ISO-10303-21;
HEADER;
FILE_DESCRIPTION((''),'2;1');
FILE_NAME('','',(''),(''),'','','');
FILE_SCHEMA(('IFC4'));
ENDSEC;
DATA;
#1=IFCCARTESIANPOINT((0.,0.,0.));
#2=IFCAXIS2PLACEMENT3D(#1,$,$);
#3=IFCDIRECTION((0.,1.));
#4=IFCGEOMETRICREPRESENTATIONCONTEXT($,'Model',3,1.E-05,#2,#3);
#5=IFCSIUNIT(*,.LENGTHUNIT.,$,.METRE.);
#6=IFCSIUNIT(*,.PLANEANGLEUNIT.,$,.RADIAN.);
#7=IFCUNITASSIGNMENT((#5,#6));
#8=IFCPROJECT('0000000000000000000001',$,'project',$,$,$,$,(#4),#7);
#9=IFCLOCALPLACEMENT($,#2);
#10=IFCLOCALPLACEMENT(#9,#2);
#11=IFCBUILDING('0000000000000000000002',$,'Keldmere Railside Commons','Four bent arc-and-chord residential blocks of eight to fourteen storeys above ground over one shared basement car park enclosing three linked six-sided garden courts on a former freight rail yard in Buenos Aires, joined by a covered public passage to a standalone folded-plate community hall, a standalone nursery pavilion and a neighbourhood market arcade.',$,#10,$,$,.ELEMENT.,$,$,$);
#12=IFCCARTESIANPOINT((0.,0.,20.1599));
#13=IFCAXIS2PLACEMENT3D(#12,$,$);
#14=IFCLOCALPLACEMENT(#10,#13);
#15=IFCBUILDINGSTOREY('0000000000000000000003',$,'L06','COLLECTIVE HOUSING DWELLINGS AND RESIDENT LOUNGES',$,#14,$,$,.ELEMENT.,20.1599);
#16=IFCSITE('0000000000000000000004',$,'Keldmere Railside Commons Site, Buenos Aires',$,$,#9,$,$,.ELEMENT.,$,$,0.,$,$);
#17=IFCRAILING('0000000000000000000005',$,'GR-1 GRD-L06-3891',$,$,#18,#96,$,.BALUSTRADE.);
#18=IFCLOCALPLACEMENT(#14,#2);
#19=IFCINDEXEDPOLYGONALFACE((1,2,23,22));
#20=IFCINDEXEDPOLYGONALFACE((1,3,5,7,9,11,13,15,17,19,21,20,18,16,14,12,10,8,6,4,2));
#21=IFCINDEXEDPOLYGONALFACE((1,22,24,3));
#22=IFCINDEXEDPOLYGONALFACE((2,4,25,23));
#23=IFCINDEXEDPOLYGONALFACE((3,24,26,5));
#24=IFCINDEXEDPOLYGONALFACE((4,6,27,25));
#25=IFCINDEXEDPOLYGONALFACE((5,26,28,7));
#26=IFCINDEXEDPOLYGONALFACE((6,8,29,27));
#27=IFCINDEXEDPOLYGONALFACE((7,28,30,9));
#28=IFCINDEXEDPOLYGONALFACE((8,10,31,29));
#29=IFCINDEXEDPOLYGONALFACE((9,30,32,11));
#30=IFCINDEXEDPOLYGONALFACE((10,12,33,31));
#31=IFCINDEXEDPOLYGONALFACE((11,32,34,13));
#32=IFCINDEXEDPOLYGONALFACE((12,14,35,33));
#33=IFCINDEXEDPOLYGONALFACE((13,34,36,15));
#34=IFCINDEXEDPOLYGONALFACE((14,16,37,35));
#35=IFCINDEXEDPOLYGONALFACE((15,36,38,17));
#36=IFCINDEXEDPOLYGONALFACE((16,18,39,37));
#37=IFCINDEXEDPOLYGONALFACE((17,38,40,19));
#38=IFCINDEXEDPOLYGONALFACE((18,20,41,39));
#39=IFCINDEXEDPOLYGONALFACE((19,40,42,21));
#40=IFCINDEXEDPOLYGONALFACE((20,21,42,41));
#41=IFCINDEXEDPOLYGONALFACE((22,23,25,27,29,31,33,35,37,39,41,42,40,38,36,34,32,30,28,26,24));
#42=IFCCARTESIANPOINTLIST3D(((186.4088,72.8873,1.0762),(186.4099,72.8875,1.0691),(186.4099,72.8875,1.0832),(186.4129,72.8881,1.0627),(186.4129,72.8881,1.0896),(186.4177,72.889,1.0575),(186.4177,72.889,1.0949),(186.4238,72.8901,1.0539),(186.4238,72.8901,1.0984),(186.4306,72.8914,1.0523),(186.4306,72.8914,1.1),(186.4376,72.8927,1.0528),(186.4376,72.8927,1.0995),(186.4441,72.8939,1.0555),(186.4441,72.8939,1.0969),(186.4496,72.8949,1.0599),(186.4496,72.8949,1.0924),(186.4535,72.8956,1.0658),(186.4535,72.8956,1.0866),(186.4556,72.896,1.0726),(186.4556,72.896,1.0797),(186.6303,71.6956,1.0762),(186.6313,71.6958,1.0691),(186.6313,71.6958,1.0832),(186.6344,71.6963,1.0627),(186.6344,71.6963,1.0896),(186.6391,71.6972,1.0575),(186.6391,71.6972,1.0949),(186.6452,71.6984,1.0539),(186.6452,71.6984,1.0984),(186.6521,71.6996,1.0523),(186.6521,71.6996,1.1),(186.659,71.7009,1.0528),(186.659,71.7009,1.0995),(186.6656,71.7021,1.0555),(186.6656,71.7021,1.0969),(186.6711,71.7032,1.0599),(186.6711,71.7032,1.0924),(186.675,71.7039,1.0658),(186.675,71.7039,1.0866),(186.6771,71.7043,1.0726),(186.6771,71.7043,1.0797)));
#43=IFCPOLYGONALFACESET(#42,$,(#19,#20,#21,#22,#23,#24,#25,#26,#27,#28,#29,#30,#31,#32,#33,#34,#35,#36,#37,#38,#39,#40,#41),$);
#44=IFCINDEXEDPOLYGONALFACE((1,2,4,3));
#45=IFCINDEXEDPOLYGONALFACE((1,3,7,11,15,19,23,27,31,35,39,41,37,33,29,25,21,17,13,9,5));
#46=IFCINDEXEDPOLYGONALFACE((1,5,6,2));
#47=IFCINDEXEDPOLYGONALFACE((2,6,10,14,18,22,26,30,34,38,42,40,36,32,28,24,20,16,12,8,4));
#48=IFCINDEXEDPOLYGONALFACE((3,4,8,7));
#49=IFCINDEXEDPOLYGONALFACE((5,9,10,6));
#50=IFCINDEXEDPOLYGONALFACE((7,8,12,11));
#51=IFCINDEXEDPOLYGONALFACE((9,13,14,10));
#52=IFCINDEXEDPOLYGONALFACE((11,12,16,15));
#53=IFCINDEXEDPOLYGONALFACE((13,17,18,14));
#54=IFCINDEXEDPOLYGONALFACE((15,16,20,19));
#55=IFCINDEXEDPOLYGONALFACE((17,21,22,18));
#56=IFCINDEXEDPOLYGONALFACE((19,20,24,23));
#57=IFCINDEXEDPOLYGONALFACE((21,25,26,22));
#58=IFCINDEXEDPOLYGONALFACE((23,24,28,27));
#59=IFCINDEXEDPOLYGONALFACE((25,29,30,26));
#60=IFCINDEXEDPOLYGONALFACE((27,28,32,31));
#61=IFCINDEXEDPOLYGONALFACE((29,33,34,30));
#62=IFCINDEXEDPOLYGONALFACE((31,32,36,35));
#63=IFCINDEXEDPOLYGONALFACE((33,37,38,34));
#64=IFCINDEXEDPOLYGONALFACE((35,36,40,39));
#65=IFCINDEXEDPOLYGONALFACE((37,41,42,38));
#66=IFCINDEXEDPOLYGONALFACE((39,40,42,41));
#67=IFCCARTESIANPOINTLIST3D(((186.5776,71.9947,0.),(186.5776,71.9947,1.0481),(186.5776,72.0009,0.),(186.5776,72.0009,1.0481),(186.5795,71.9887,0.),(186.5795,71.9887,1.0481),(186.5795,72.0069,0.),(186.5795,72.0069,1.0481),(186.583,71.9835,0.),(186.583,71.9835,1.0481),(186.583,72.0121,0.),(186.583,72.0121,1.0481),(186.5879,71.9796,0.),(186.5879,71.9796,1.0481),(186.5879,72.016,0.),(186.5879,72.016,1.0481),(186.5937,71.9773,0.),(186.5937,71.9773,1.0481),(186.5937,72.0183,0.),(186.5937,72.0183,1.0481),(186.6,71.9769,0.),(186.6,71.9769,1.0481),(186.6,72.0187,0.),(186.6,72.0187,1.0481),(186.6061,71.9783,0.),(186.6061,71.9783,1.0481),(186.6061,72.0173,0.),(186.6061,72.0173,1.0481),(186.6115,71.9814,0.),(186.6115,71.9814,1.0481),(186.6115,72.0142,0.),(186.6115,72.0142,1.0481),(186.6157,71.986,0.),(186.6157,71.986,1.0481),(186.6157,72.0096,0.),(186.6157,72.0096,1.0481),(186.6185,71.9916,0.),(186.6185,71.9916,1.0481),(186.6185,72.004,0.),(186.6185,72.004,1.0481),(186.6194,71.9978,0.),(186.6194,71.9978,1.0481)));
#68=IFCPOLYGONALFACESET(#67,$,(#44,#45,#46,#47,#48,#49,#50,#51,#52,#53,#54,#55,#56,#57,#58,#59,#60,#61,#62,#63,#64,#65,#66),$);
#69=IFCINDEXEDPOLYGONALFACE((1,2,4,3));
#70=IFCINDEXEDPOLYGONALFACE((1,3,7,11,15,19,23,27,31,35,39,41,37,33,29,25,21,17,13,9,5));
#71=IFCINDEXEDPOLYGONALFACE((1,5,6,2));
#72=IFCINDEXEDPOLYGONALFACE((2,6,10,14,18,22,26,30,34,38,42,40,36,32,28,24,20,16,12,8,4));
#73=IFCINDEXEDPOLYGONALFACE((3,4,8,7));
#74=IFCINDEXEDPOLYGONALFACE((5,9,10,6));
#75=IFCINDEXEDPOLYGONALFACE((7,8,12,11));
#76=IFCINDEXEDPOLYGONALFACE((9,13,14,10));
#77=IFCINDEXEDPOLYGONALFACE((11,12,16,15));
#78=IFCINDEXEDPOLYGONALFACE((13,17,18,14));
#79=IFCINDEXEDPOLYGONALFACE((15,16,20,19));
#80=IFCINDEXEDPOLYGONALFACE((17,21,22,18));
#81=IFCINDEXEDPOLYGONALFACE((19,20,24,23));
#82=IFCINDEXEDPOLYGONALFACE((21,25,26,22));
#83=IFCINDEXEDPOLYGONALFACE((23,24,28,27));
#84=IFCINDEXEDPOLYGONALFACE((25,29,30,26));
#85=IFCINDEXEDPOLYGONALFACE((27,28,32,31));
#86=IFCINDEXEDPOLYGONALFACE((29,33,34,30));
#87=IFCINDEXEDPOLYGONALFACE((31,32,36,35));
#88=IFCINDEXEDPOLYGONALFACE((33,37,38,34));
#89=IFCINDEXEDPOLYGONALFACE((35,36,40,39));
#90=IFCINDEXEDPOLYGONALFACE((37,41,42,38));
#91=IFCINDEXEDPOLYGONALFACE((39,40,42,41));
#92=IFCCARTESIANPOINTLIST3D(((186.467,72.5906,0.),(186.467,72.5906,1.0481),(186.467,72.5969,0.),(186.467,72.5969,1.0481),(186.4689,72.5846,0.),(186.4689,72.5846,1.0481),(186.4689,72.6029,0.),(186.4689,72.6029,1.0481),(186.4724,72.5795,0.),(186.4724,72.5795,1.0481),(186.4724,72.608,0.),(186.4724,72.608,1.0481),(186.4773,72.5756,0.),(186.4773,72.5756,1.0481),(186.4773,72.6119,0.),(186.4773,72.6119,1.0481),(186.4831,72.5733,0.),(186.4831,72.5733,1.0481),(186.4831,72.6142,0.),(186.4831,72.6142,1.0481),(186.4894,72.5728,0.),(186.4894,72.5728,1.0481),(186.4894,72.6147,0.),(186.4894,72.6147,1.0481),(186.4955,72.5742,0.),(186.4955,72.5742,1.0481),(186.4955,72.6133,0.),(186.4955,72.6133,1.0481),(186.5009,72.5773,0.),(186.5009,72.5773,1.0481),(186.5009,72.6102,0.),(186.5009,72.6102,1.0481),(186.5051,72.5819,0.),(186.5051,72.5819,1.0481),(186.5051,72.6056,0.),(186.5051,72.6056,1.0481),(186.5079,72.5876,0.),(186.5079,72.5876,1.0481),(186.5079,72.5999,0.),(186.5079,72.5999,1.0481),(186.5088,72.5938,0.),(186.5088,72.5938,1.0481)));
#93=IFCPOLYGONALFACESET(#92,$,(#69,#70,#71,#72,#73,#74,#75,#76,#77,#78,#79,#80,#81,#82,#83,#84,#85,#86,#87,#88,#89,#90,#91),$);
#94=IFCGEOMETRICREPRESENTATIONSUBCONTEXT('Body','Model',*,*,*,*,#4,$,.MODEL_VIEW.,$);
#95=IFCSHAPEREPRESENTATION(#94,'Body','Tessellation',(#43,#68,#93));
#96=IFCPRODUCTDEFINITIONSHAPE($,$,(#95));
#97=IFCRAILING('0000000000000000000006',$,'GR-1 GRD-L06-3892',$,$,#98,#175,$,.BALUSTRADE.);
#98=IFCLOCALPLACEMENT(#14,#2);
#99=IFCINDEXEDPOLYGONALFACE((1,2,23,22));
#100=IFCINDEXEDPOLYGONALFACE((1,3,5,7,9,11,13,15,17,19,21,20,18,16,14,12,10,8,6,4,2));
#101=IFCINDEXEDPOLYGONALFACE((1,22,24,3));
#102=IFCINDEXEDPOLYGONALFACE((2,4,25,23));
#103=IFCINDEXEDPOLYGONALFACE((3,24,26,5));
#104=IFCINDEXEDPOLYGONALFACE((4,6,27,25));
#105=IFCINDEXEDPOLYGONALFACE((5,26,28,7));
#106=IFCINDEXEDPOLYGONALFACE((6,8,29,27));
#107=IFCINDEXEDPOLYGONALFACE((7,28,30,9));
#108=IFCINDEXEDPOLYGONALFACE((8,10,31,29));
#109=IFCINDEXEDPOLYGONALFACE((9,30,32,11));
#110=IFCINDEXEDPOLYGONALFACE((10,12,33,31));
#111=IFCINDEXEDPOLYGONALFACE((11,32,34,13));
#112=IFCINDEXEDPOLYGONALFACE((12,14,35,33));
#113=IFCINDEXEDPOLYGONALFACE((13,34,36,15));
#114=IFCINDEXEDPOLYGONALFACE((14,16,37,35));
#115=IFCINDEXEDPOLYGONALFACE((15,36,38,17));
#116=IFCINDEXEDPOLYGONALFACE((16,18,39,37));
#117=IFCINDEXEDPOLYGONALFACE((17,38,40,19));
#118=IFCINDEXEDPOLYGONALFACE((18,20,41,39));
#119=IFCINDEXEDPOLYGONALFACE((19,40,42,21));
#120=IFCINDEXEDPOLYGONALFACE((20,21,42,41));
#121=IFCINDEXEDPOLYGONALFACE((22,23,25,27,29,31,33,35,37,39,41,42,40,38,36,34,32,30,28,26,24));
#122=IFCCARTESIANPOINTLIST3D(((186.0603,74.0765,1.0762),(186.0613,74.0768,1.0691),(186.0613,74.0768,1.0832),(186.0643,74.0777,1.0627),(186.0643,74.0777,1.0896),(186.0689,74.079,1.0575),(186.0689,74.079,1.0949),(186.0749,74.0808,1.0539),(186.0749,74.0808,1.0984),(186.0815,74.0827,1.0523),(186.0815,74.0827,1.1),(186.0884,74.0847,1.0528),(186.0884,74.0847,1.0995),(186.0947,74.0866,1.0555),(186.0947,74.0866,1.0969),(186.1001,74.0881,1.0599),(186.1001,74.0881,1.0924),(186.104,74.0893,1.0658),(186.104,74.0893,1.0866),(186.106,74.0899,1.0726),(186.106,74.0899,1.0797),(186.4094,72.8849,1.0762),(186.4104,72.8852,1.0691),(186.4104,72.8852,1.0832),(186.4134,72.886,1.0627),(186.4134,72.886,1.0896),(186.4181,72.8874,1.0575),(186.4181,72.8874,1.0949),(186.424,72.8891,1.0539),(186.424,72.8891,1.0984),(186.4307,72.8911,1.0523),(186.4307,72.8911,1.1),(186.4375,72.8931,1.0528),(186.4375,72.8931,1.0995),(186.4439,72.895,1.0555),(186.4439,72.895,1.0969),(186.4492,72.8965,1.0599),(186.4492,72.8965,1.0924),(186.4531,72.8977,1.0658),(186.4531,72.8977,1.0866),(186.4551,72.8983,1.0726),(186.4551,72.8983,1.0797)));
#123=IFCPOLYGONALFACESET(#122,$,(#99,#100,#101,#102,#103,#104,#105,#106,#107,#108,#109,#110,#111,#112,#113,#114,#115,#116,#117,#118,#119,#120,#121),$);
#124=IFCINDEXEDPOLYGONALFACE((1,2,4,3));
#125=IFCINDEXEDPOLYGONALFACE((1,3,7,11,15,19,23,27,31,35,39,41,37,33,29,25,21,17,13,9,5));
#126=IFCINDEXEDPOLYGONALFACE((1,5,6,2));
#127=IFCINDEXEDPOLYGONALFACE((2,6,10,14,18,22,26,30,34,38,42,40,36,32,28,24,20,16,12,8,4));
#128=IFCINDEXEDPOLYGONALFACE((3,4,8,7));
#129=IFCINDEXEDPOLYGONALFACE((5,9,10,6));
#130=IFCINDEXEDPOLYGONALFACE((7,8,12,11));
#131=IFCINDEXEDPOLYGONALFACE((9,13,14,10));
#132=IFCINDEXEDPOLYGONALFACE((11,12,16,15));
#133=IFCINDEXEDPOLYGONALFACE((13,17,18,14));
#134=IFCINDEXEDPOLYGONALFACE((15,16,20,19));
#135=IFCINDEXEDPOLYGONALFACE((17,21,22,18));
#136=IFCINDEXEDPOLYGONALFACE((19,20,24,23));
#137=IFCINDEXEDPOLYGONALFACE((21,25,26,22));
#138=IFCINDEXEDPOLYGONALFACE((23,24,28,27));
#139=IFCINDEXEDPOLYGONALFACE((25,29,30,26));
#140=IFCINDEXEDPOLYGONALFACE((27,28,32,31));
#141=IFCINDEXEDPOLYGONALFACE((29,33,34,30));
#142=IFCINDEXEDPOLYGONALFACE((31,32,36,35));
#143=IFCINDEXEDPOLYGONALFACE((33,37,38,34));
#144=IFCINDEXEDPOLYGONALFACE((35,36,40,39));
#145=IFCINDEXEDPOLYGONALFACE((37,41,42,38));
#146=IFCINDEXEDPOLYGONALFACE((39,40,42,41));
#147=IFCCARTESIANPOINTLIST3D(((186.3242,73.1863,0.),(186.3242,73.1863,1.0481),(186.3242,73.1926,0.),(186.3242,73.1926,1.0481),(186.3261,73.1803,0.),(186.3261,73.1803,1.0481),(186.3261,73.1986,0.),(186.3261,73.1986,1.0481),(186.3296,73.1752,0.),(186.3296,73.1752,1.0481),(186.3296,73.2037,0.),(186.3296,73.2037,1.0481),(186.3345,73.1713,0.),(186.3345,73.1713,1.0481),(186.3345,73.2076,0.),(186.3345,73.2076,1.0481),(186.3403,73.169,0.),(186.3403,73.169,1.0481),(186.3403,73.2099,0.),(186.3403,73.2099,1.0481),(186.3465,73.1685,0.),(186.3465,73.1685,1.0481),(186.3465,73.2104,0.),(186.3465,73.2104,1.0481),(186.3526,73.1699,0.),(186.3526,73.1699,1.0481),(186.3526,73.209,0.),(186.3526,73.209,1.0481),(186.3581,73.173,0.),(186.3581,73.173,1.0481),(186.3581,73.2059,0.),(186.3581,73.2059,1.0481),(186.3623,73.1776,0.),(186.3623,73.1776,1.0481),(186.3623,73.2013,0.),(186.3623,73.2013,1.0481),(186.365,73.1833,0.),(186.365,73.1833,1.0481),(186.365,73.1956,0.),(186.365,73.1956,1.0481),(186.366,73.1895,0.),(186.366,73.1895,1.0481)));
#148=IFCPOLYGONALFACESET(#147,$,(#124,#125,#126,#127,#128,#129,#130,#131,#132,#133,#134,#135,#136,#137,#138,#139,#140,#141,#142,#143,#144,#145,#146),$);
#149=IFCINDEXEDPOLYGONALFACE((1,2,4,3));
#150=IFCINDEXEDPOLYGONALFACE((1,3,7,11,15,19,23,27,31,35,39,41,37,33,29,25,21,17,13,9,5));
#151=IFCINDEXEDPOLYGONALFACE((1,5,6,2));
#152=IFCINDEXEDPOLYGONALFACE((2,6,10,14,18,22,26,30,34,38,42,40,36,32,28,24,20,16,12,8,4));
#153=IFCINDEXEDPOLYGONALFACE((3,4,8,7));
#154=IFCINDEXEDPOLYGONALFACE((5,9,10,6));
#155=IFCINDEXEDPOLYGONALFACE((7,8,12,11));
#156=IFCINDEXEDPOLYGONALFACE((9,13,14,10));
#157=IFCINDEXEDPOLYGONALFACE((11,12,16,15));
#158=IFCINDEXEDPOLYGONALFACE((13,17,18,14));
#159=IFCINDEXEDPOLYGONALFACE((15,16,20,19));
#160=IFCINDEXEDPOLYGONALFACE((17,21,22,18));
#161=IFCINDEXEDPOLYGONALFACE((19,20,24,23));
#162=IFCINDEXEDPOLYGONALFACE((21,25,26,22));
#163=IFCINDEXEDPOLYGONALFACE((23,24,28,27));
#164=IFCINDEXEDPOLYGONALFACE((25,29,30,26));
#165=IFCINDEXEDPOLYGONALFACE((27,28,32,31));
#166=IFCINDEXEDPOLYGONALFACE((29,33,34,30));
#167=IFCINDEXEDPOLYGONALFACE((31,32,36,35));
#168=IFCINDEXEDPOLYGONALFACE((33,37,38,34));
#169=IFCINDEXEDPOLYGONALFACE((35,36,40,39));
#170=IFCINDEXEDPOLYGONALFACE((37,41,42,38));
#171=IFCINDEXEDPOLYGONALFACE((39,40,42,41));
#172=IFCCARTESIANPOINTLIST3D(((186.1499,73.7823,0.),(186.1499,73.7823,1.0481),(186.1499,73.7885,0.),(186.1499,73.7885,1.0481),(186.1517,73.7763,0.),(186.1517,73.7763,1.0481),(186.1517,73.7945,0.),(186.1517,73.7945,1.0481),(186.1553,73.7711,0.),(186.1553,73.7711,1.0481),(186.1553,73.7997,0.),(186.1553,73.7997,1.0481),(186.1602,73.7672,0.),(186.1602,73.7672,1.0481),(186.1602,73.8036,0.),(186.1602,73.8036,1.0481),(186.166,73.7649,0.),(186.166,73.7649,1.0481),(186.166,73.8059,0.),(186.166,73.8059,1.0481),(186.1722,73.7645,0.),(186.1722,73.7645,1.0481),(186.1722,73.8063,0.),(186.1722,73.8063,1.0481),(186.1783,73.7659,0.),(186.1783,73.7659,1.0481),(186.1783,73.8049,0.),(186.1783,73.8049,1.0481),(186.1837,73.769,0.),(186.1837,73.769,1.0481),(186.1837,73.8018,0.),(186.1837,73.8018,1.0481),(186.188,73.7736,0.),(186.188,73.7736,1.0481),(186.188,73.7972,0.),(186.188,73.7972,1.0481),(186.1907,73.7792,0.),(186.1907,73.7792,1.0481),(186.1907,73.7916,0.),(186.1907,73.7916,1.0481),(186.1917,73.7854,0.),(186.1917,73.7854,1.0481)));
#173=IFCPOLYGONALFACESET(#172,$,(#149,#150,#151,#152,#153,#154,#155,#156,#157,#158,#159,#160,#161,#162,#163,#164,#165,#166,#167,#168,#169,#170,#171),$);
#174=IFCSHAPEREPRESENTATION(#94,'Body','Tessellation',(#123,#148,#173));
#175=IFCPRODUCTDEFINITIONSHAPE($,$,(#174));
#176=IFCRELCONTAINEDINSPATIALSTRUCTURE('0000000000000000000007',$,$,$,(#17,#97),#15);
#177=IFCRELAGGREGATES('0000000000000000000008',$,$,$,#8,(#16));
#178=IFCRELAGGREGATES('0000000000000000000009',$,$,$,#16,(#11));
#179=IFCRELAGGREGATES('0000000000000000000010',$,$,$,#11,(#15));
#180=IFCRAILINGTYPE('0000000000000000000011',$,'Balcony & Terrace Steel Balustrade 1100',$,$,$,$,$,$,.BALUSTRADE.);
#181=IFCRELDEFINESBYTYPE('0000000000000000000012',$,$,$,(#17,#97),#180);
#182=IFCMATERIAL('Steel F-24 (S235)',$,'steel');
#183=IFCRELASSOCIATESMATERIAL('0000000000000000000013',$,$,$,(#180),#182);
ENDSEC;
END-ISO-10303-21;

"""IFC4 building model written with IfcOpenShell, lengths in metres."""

from ifc_helpers import new_model, si_unit, direction, frame, origin, origin_2d, place, context, subcontext, project, spatial, circle, extrude, material, type_object, element, save


model = new_model("IFC4")

# Units and contexts
model_context = context("Model", 3, precision=1e-05, world=origin(), true_north=direction((0.0, 1.0)))
body_context = subcontext(model_context, "Body", "Model", "MODEL_VIEW")
ifc_project = project(units=[si_unit("LENGTHUNIT", "METRE"), si_unit("PLANEANGLEUNIT", "RADIAN")], contexts=[model_context])

# Site, building, storey
site_placement = place(None, origin())
site = spatial("IfcSite", under=ifc_project, at=site_placement, Name="Keldmere Railside Commons Site, Buenos Aires", CompositionType="ELEMENT", RefElevation=0.0)
building_placement = place(site_placement, origin())
building = spatial("IfcBuilding", under=site, at=building_placement, Name="Keldmere Railside Commons", Description="Four bent arc-and-chord residential blocks of eight to fourteen storeys above ground over one shared basement car park enclosing three linked six-sided garden courts on a former freight rail yard in Buenos Aires, joined by a covered public passage to a standalone folded-plate community hall, a standalone nursery pavilion and a neighbourhood market arcade.", CompositionType="ELEMENT")
storey_placement = place(building_placement, frame((0.0, 0.0, 20.1599)))
storey = spatial("IfcBuildingStorey", under=building, at=storey_placement, Name="L06", Description="COLLECTIVE HOUSING DWELLINGS AND RESIDENT LOUNGES", CompositionType="ELEMENT", Elevation=20.1599)

# Shared definitions
ifc_material_1 = material(Name="Steel F-24 (S235)", Category="steel")

# Railings
railing_type_1 = type_object("IfcRailingType", Name="Balcony & Terrace Steel Balustrade 1100", PredefinedType="BALUSTRADE", material=ifc_material_1)
railing_1_placement = place(storey_placement, frame((186.6538, 71.7, 0.0)))
element("IfcRailing", 1, at=railing_1_placement, inside=storey, type_object=railing_type_1, Name="GR-1 GRD-L06-3891", PredefinedType="BALUSTRADE", context=body_context, shape_type="SweptSolid", body=[
    extrude(circle(Radius=0.0239, at=origin_2d()), frame((0.0, 0.0, 1.0762), z_axis=(-0.182695, 0.98317, 0.0), x_axis=(-0.98317, -0.182695, 0.0)), (0.0, 0.0, 1.0), 1.2122),
    extrude(circle(Radius=0.021, at=origin_2d()), frame((-0.0554, 0.2979, 0.0)), (0.0, 0.0, 1.0), 1.0481),
    extrude(circle(Radius=0.021, at=origin_2d()), frame((-0.166, 0.8938, 0.0)), (0.0, 0.0, 1.0), 1.0481),
])
railing_2_placement = place(storey_placement, frame((186.4324, 72.8916, 0.0)))
element("IfcRailing", 2, at=railing_2_placement, inside=storey, type_object=railing_type_1, Name="GR-1 GRD-L06-3892", PredefinedType="BALUSTRADE", context=body_context, shape_type="SweptSolid", body=[
    extrude(circle(Radius=0.0239, at=origin_2d()), frame((0.0, 0.0, 1.0762), z_axis=(-0.281155, 0.959662, 0.0), x_axis=(-0.959662, -0.281155, 0.0)), (0.0, 0.0, 1.0), 1.2417),
    extrude(circle(Radius=0.021, at=origin_2d()), frame((-0.0874, 0.2979, 0.0)), (0.0, 0.0, 1.0), 1.0481),
    extrude(circle(Radius=0.021, at=origin_2d()), frame((-0.2617, 0.8938, 0.0)), (0.0, 0.0, 1.0), 1.0481),
])

save(model, "model.ifc")
